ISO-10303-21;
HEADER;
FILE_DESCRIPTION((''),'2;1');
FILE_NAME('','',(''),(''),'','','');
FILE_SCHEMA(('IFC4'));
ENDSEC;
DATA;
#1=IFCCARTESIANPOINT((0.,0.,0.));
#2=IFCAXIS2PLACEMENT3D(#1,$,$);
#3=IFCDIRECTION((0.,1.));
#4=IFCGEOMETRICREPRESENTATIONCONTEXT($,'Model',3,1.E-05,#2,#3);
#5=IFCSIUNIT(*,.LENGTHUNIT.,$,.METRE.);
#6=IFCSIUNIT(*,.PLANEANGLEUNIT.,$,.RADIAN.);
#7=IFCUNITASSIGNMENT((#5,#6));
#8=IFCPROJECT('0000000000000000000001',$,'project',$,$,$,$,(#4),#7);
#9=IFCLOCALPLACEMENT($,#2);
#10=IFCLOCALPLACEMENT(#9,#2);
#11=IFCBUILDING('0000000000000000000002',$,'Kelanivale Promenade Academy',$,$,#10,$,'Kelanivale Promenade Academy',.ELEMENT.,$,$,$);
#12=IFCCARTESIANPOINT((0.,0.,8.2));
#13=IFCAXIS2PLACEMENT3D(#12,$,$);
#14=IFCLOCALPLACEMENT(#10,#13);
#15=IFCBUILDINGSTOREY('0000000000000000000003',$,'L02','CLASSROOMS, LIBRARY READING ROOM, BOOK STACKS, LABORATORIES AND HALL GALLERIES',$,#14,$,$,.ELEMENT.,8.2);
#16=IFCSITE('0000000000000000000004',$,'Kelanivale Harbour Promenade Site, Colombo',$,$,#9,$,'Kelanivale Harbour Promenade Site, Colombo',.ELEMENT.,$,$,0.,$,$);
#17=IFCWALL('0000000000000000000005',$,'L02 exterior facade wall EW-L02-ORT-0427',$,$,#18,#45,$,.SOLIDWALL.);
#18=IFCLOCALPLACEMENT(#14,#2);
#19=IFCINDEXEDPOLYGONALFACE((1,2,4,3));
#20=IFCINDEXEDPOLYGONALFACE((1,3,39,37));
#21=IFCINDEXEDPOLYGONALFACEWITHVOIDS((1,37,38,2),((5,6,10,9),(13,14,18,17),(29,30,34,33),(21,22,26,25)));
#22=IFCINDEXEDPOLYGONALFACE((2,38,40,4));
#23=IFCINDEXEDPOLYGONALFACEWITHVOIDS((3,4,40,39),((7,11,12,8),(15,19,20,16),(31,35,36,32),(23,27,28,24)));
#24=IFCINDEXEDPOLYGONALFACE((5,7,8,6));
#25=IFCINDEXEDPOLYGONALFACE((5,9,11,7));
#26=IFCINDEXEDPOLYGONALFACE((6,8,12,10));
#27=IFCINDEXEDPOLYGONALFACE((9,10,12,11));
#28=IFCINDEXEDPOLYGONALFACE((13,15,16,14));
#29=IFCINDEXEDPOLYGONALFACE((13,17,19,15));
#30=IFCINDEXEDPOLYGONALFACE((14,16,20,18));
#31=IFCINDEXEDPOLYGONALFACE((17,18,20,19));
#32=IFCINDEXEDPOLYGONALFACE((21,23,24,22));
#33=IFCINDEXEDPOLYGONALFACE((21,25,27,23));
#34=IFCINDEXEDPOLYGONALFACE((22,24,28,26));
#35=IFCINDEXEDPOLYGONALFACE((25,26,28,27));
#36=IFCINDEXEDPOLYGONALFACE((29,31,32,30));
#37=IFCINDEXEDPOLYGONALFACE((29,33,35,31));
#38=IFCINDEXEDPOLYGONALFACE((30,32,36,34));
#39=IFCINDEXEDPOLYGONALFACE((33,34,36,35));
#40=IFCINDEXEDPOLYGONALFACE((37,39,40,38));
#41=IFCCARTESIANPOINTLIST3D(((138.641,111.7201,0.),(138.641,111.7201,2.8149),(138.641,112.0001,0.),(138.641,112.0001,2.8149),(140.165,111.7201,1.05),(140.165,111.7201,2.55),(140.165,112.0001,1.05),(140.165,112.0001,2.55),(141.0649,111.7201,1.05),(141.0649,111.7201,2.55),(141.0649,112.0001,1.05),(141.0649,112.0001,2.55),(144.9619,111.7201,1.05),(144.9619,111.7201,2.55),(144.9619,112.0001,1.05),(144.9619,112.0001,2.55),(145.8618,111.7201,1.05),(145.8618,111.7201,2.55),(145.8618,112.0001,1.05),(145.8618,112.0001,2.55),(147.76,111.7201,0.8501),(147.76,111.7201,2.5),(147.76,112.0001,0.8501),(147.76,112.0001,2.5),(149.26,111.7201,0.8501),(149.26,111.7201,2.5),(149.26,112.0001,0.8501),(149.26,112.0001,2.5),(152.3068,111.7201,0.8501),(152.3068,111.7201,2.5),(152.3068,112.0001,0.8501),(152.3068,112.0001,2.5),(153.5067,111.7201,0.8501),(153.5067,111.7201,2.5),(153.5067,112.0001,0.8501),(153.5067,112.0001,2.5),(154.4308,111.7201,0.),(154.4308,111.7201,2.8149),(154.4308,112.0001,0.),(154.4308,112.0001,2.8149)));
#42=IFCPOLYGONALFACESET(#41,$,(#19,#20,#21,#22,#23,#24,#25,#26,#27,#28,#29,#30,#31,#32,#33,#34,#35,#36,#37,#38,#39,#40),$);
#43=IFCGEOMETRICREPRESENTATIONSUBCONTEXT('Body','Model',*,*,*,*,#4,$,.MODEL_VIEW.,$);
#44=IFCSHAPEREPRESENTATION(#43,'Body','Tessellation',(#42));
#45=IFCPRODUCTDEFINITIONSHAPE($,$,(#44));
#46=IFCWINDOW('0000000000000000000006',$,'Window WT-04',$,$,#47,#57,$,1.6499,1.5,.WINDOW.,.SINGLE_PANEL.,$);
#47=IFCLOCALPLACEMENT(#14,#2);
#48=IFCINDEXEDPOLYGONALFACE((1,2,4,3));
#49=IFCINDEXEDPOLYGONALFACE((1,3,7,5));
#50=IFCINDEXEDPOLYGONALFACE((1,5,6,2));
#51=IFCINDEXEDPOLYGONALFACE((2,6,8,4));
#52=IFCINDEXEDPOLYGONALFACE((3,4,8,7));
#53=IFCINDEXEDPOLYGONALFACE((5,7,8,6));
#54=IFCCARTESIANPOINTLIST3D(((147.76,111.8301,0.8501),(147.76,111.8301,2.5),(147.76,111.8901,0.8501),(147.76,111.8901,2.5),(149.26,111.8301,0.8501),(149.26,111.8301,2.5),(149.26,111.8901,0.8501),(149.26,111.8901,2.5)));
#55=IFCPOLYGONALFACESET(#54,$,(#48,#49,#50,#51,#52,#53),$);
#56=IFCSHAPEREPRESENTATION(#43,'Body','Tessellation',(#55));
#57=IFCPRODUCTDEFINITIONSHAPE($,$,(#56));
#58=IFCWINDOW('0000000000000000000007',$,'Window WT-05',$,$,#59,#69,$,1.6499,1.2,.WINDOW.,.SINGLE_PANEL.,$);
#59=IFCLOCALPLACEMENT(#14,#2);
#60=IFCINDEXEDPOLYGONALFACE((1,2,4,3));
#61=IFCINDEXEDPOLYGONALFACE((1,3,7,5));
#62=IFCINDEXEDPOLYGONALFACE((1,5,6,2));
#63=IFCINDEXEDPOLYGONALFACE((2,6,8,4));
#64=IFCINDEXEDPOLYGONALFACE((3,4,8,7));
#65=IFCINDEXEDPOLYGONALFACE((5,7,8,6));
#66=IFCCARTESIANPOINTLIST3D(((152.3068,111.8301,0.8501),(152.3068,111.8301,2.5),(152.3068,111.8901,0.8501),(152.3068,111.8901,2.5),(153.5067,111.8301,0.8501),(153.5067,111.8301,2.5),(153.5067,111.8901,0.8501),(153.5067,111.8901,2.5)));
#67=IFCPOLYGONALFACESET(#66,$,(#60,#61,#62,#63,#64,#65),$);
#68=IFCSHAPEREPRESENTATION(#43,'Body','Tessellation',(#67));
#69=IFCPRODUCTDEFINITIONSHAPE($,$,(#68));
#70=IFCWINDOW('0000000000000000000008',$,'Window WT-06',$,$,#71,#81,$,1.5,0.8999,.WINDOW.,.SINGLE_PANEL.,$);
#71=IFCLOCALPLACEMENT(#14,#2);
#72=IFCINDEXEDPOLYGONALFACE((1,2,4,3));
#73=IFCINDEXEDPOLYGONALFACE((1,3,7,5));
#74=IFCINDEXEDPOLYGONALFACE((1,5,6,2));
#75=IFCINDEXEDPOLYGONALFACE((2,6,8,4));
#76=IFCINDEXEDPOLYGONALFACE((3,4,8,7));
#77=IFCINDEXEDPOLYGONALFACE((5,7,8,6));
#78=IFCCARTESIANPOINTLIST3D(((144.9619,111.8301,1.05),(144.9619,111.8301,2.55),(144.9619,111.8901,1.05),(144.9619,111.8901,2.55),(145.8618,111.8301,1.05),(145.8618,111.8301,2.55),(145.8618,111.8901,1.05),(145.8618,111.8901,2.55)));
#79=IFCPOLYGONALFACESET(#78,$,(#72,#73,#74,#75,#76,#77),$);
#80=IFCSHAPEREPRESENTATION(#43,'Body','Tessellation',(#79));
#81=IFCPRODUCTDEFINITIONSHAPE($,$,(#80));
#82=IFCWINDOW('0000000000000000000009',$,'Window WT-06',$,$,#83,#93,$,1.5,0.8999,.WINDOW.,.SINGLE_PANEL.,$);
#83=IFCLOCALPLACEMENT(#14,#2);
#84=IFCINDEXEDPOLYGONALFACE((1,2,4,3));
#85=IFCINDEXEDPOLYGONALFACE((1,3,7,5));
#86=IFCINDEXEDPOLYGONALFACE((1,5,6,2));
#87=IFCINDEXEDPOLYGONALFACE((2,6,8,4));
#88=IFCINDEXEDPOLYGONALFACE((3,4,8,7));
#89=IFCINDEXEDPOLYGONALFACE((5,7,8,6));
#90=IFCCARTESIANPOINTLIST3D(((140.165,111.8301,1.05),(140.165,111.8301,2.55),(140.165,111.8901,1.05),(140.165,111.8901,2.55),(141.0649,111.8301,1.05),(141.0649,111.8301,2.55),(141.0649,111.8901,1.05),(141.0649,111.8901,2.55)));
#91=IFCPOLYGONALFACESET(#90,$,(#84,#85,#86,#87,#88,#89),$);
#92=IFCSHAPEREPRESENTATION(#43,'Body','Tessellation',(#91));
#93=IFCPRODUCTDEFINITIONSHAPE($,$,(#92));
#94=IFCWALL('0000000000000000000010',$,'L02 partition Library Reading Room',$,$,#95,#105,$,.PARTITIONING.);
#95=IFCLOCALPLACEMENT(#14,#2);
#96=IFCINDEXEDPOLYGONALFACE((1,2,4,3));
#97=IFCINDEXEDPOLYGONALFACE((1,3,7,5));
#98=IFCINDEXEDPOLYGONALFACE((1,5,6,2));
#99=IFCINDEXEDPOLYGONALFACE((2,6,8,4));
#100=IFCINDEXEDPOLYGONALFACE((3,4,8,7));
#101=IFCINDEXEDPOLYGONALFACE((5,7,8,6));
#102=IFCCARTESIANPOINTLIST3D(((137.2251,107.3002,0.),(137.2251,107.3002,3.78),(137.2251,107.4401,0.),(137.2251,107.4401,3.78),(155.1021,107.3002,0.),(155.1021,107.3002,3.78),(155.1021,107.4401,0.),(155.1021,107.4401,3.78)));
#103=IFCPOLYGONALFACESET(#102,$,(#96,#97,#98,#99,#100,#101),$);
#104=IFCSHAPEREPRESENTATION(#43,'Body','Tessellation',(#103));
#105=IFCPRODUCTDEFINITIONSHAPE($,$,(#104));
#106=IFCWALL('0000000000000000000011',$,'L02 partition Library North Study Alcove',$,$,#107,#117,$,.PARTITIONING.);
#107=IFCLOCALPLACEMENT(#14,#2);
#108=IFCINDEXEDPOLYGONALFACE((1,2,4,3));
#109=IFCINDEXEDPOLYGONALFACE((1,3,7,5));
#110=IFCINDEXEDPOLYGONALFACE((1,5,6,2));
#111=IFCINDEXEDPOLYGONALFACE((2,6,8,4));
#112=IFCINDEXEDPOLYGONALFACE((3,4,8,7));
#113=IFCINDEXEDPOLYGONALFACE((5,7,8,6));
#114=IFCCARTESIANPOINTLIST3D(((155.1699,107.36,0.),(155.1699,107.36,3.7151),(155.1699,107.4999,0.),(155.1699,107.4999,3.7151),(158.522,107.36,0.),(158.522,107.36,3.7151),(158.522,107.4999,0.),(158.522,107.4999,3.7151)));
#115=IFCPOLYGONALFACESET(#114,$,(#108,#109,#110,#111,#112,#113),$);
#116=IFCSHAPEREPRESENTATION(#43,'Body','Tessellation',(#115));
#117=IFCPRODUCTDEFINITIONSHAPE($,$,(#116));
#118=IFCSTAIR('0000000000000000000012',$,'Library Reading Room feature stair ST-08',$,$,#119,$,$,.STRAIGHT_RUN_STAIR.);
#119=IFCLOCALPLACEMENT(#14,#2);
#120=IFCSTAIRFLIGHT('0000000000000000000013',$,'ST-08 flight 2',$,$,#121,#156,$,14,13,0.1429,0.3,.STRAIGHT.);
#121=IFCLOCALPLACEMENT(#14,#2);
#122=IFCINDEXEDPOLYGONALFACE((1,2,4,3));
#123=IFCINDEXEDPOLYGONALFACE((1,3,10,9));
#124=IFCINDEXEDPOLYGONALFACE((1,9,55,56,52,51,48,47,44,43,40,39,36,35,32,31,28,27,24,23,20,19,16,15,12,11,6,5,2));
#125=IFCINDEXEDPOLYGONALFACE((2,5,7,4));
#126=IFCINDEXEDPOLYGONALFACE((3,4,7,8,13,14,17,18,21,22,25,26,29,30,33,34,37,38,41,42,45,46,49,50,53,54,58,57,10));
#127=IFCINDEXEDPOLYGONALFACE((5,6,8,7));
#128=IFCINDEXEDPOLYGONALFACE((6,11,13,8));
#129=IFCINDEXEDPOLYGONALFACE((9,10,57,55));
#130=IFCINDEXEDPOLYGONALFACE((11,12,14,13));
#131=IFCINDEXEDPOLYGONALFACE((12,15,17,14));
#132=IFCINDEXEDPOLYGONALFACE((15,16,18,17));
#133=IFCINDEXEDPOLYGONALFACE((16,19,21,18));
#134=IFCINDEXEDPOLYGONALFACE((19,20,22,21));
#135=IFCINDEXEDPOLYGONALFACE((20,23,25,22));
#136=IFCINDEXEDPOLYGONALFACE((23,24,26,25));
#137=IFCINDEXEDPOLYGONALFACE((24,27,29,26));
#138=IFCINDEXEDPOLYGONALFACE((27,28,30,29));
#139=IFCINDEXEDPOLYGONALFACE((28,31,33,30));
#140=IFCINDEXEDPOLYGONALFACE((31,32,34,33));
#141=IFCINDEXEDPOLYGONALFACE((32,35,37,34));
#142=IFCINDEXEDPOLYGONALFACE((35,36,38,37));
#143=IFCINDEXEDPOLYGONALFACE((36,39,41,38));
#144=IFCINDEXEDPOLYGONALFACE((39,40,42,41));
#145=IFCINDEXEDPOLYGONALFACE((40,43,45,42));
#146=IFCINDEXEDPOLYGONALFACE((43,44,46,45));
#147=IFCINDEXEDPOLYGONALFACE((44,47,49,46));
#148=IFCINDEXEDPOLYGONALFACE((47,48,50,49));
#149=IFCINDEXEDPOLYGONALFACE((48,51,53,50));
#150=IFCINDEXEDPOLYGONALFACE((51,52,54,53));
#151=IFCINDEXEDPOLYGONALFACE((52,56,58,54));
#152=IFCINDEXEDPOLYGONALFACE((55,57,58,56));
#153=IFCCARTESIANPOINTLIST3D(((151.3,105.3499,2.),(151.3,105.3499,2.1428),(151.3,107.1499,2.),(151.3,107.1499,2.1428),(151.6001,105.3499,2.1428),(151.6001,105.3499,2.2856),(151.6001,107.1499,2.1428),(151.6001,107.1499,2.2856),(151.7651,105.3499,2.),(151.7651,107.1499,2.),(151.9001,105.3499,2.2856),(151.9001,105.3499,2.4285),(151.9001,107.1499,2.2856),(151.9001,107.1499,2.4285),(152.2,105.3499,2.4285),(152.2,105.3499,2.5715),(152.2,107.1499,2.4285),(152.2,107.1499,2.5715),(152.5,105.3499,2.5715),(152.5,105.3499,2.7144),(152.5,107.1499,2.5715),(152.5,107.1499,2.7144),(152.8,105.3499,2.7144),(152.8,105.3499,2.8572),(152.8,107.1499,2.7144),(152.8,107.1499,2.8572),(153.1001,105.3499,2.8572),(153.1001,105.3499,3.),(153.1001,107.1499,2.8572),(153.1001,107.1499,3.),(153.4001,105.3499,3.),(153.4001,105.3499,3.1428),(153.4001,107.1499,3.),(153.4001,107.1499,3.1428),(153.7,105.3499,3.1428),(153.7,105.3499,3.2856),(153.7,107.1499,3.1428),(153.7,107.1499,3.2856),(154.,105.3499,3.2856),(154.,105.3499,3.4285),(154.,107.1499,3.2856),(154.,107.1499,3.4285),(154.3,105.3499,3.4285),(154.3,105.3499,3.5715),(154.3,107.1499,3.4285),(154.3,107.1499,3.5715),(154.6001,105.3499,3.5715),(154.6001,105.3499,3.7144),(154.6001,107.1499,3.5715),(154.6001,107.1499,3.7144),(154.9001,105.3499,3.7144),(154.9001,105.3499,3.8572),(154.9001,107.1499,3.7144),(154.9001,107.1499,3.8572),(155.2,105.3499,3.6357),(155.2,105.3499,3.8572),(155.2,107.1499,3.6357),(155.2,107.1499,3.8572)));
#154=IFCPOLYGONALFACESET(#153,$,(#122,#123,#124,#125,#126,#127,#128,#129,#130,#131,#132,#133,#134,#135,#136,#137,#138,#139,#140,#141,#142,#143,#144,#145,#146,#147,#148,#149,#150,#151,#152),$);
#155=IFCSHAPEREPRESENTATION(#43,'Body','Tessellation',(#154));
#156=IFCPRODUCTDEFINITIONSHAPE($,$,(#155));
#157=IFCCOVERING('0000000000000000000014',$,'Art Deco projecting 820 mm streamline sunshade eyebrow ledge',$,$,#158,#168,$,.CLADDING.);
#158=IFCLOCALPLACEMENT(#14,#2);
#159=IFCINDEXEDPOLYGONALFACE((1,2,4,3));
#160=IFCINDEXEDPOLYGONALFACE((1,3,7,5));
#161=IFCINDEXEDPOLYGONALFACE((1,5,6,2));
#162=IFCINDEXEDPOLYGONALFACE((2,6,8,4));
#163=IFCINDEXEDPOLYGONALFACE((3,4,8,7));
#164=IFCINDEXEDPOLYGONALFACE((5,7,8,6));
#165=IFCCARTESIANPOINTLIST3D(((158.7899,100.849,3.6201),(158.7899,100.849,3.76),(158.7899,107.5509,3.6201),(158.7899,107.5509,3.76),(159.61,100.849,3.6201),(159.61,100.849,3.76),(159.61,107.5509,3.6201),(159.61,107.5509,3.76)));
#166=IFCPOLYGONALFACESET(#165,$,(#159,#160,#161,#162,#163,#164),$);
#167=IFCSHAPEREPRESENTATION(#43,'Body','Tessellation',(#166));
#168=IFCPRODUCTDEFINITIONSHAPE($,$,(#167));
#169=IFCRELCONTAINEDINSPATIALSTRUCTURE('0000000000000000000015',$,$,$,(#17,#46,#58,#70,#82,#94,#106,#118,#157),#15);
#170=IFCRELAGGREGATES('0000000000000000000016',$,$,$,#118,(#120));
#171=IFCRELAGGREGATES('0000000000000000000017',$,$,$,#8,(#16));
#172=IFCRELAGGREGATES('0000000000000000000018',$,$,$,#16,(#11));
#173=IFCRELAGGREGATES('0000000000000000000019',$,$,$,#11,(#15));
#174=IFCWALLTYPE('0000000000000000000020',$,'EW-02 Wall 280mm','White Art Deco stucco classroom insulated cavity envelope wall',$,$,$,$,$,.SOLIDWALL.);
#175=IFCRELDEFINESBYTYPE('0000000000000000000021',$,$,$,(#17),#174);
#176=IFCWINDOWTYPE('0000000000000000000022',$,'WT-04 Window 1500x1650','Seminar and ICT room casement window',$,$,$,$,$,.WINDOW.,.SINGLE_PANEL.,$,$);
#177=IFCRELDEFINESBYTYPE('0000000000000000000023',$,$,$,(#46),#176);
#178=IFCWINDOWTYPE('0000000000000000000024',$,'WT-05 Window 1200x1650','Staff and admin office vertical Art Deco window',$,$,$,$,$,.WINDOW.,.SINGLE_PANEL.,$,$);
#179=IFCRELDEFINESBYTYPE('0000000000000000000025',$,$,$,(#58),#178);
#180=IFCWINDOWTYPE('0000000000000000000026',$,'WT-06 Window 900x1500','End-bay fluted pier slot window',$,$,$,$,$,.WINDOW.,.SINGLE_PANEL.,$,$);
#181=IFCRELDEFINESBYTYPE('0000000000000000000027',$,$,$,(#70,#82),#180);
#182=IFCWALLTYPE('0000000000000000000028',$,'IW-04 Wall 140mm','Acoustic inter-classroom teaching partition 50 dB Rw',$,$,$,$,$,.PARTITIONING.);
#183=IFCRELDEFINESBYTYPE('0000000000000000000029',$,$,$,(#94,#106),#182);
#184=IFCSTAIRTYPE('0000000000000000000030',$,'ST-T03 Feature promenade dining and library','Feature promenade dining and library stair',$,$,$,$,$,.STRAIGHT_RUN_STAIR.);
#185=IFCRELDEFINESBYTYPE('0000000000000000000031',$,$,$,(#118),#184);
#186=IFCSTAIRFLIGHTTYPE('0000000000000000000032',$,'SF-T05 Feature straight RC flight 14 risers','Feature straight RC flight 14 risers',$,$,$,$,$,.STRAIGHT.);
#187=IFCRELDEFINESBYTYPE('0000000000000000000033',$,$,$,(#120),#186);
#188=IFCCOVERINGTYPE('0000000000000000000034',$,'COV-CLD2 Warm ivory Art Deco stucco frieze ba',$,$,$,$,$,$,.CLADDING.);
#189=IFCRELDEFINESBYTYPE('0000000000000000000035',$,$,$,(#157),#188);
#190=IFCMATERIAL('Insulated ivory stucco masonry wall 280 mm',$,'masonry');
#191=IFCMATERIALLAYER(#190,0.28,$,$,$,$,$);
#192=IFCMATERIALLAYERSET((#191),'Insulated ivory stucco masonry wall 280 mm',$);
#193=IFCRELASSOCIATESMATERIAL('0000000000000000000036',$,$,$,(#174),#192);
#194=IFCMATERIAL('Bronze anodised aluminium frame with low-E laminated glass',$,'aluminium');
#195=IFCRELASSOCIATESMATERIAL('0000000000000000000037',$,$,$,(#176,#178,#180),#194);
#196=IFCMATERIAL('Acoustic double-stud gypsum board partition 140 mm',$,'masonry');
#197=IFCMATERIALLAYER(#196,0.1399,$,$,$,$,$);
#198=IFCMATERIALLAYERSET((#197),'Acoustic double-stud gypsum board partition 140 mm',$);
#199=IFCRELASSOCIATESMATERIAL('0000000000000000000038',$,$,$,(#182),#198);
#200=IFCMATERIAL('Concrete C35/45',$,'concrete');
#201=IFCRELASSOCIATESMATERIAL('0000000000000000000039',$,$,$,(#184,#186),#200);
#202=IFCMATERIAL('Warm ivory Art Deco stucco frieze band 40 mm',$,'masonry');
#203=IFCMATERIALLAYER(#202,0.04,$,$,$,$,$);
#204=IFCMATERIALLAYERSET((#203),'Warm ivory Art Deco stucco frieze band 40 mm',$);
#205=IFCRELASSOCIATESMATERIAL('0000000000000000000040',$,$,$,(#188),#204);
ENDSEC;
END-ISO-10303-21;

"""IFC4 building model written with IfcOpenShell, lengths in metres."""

from ifc_helpers import new_model, si_unit, direction, frame, frame_2d, origin, origin_2d, place, context, subcontext, project, spatial, polyline, rectangle, outline, extrude, material, layer, layer_set, type_object, element, fill, aggregate, save


model = new_model("IFC4")

# Units and contexts
model_context = context("Model", 3, precision=1e-05, world=origin(), true_north=direction((0.0, 1.0)))
body_context = subcontext(model_context, "Body", "Model", "MODEL_VIEW")
ifc_project = project(units=[si_unit("LENGTHUNIT", "METRE"), si_unit("PLANEANGLEUNIT", "RADIAN")], contexts=[model_context])

# Site, building, storey
site_placement = place(None, origin())
site = spatial("IfcSite", under=ifc_project, at=site_placement, Name="Kelanivale Harbour Promenade Site, Colombo", LongName="Kelanivale Harbour Promenade Site, Colombo", CompositionType="ELEMENT", RefElevation=0.0)
building_placement = place(site_placement, origin())
building = spatial("IfcBuilding", under=site, at=building_placement, Name="Kelanivale Promenade Academy", LongName="Kelanivale Promenade Academy", CompositionType="ELEMENT")
storey_placement = place(building_placement, frame((0.0, 0.0, 8.2)))
storey = spatial("IfcBuildingStorey", under=building, at=storey_placement, Name="L02", Description="CLASSROOMS, LIBRARY READING ROOM, BOOK STACKS, LABORATORIES AND HALL GALLERIES", CompositionType="ELEMENT", Elevation=8.2)

# Shared definitions
ifc_material_1 = material(Name="Concrete C35/45", Category="concrete")

# Shared definitions
ifc_material_2 = material(Name="Insulated ivory stucco masonry wall 280 mm", Category="masonry")
ifc_layer_1 = layer(ifc_material_2, 0.28)
ifc_layer_set_1 = layer_set([ifc_layer_1], Name="Insulated ivory stucco masonry wall 280 mm")
wall_type_1 = type_object("IfcWallType", Name="EW-02 Wall 280mm", Description="White Art Deco stucco classroom insulated cavity envelope wall", PredefinedType="SOLIDWALL", material=ifc_layer_set_1)
ifc_material_3 = material(Name="Bronze anodised aluminium frame with low-E laminated glass", Category="aluminium")

# Wall, openings, windows
wall_1_placement = place(storey_placement, frame((154.4309, 111.8601, 0.0), z_axis=(0.0, 0.0, 1.0), x_axis=(-1.0, 0.0, 0.0)))
wall_1 = element("IfcWall", 1, at=wall_1_placement, inside=storey, type_object=wall_type_1, Name="L02 exterior facade wall EW-L02-ORT-0427", PredefinedType="SOLIDWALL", context=body_context, shape_type="SweptSolid", body=[
    extrude(rectangle(XDim=15.7898, YDim=0.28, at=frame_2d((7.895, 0.0))), origin(), (0.0, 0.0, 1.0), 2.8149),
])
opening_1_placement = place(wall_1_placement, frame((0.9241, 0.0, 0.8501)))
opening_1 = element("IfcOpeningElement", 2, at=opening_1_placement, cuts=wall_1, PredefinedType="OPENING", context=body_context, shape_type="SweptSolid", body=[
    extrude(rectangle(XDim=1.2, YDim=1.6499, at=frame_2d((0.6001, 0.825))), frame((0.0, 0.1499, 0.0), z_axis=(0.0, -1.0, 0.0), x_axis=(1.0, 0.0, 0.0)), (0.0, 0.0, 1.0), 0.3),
])
opening_2_placement = place(wall_1_placement, frame((5.1709, 0.0, 0.8501)))
opening_2 = element("IfcOpeningElement", 3, at=opening_2_placement, cuts=wall_1, PredefinedType="OPENING", context=body_context, shape_type="SweptSolid", body=[
    extrude(rectangle(XDim=1.5, YDim=1.6499, at=frame_2d((0.75, 0.825))), frame((0.0, 0.1499, 0.0), z_axis=(0.0, -1.0, 0.0), x_axis=(1.0, 0.0, 0.0)), (0.0, 0.0, 1.0), 0.3),
])
opening_3_placement = place(wall_1_placement, frame((8.5691, 0.0, 1.05)))
opening_3 = element("IfcOpeningElement", 4, at=opening_3_placement, cuts=wall_1, PredefinedType="OPENING", context=body_context, shape_type="SweptSolid", body=[
    extrude(rectangle(XDim=0.8999, YDim=1.5, at=frame_2d((0.45, 0.75))), frame((0.0, 0.1499, 0.0), z_axis=(0.0, -1.0, 0.0), x_axis=(1.0, 0.0, 0.0)), (0.0, 0.0, 1.0), 0.3),
])
opening_4_placement = place(wall_1_placement, frame((13.366, 0.0, 1.05)))
opening_4 = element("IfcOpeningElement", 5, at=opening_4_placement, cuts=wall_1, PredefinedType="OPENING", context=body_context, shape_type="SweptSolid", body=[
    extrude(rectangle(XDim=0.8999, YDim=1.5, at=frame_2d((0.45, 0.75))), frame((0.0, 0.1499, 0.0), z_axis=(0.0, -1.0, 0.0), x_axis=(1.0, 0.0, 0.0)), (0.0, 0.0, 1.0), 0.3),
])
window_type_1 = type_object("IfcWindowType", Name="WT-04 Window 1500x1650", Description="Seminar and ICT room casement window", PartitioningType="SINGLE_PANEL", PredefinedType="WINDOW", material=ifc_material_3)
window_1_placement = place(opening_2_placement, origin())
window_1 = element("IfcWindow", 6, at=window_1_placement, inside=storey, type_object=window_type_1, Name="Window WT-04", OverallHeight=1.6499, OverallWidth=1.5, PartitioningType="SINGLE_PANEL", PredefinedType="WINDOW", context=body_context, shape_type="SweptSolid", body=[
    extrude(rectangle(XDim=1.5, YDim=1.6499, at=frame_2d((0.75, 0.825))), frame((0.0, 0.03, 0.0), z_axis=(0.0, -1.0, 0.0), x_axis=(1.0, 0.0, 0.0)), (0.0, 0.0, 1.0), 0.0601),
])
fill(opening_2, window_1)
window_type_2 = type_object("IfcWindowType", Name="WT-05 Window 1200x1650", Description="Staff and admin office vertical Art Deco window", PartitioningType="SINGLE_PANEL", PredefinedType="WINDOW", material=ifc_material_3)
window_2_placement = place(opening_1_placement, origin())
window_2 = element("IfcWindow", 7, at=window_2_placement, inside=storey, type_object=window_type_2, Name="Window WT-05", OverallHeight=1.6499, OverallWidth=1.2, PartitioningType="SINGLE_PANEL", PredefinedType="WINDOW", context=body_context, shape_type="SweptSolid", body=[
    extrude(rectangle(XDim=1.2, YDim=1.6499, at=frame_2d((0.6001, 0.825))), frame((0.0, 0.03, 0.0), z_axis=(0.0, -1.0, 0.0), x_axis=(1.0, 0.0, 0.0)), (0.0, 0.0, 1.0), 0.0601),
])
fill(opening_1, window_2)
window_type_3 = type_object("IfcWindowType", Name="WT-06 Window 900x1500", Description="End-bay fluted pier slot window", PartitioningType="SINGLE_PANEL", PredefinedType="WINDOW", material=ifc_material_3)
window_3_placement = place(opening_3_placement, origin())
window_3 = element("IfcWindow", 8, at=window_3_placement, inside=storey, type_object=window_type_3, Name="Window WT-06", OverallHeight=1.5, OverallWidth=0.8999, PartitioningType="SINGLE_PANEL", PredefinedType="WINDOW", context=body_context, shape_type="SweptSolid", body=[
    extrude(rectangle(XDim=0.8999, YDim=1.5, at=frame_2d((0.45, 0.75))), frame((0.0, 0.03, 0.0), z_axis=(0.0, -1.0, 0.0), x_axis=(1.0, 0.0, 0.0)), (0.0, 0.0, 1.0), 0.0601),
])
fill(opening_3, window_3)
window_4_placement = place(opening_4_placement, origin())
window_4 = element("IfcWindow", 9, at=window_4_placement, inside=storey, type_object=window_type_3, Name="Window WT-06", OverallHeight=1.5, OverallWidth=0.8999, PartitioningType="SINGLE_PANEL", PredefinedType="WINDOW", context=body_context, shape_type="SweptSolid", body=[
    extrude(rectangle(XDim=0.8999, YDim=1.5, at=frame_2d((0.45, 0.75))), frame((0.0, 0.03, 0.0), z_axis=(0.0, -1.0, 0.0), x_axis=(1.0, 0.0, 0.0)), (0.0, 0.0, 1.0), 0.0601),
])
fill(opening_4, window_4)

# Walls
ifc_material_4 = material(Name="Acoustic double-stud gypsum board partition 140 mm", Category="masonry")
ifc_layer_2 = layer(ifc_material_4, 0.1399)
ifc_layer_set_2 = layer_set([ifc_layer_2], Name="Acoustic double-stud gypsum board partition 140 mm")
wall_type_2 = type_object("IfcWallType", Name="IW-04 Wall 140mm", Description="Acoustic inter-classroom teaching partition 50 dB Rw", PredefinedType="PARTITIONING", material=ifc_layer_set_2)
wall_2_placement = place(storey_placement, frame((155.1021, 107.3701, 0.0), z_axis=(0.0, 0.0, 1.0), x_axis=(-1.0, 0.0, 0.0)))
element("IfcWall", 10, at=wall_2_placement, inside=storey, type_object=wall_type_2, Name="L02 partition Library Reading Room", PredefinedType="PARTITIONING", context=body_context, shape_type="SweptSolid", body=[
    extrude(rectangle(XDim=17.877, YDim=0.1399, at=frame_2d((8.9385, 0.0))), origin(), (0.0, 0.0, 1.0), 3.78),
])
wall_3_placement = place(storey_placement, frame((155.1699, 107.4299, 0.0), z_axis=(0.0, 0.0, 1.0), x_axis=(1.0, 0.0, 0.0)))
element("IfcWall", 11, at=wall_3_placement, inside=storey, type_object=wall_type_2, Name="L02 partition Library North Study Alcove", PredefinedType="PARTITIONING", context=body_context, shape_type="SweptSolid", body=[
    extrude(rectangle(XDim=3.3521, YDim=0.1399, at=frame_2d((1.676, 0.0))), origin(), (0.0, 0.0, 1.0), 3.7151),
])

# Stair, stair flight
stair_type = type_object("IfcStairType", Name="ST-T03 Feature promenade dining and library", Description="Feature promenade dining and library stair", PredefinedType="STRAIGHT_RUN_STAIR", material=ifc_material_1)
stair_placement = place(storey_placement, origin())
stair = element("IfcStair", 12, at=stair_placement, inside=storey, type_object=stair_type, Name="Library Reading Room feature stair ST-08", PredefinedType="STRAIGHT_RUN_STAIR")
stair_flight_type = type_object("IfcStairFlightType", Name="SF-T05 Feature straight RC flight 14 risers", Description="Feature straight RC flight 14 risers", PredefinedType="STRAIGHT", material=ifc_material_1)
stair_flight_placement = place(storey_placement, frame((151.3, 106.25, 2.0), z_axis=(0.0, 0.0, 1.0), x_axis=(1.0, 0.0, 0.0)))
stair_flight = element("IfcStairFlight", 13, at=stair_flight_placement, type_object=stair_flight_type, Name="ST-08 flight 2", NumberOfRisers=14, NumberOfTreads=13, PredefinedType="STRAIGHT", RiserHeight=0.1429, TreadLength=0.3, context=body_context, shape_type="SweptSolid", body=[
    extrude(outline(polyline([(0.0, 0.0), (0.0, 0.1428), (0.3, 0.1428), (0.3, 0.2856), (0.6001, 0.2856), (0.6001, 0.4285), (0.8999, 0.4285), (0.8999, 0.5715), (1.2, 0.5715), (1.2, 0.7144), (1.5, 0.7144), (1.5, 0.8572), (1.8, 0.8572), (1.8, 1.0), (2.1001, 1.0), (2.1001, 1.1428), (2.3999, 1.1428), (2.3999, 1.2856), (2.7, 1.2856), (2.7, 1.4285), (3.0, 1.4285), (3.0, 1.5715), (3.3, 1.5715), (3.3, 1.7144), (3.6001, 1.7144), (3.6001, 1.8572), (3.8999, 1.8572), (3.8999, 2.0), (3.8999, 1.6357), (0.4651, 0.0), (0.0, 0.0)])), frame((0.0, 0.8999, 0.0), z_axis=(0.0, -1.0, 0.0), x_axis=(1.0, 0.0, 0.0)), (0.0, 0.0, 1.0), 1.8),
])
aggregate(stair, [stair_flight])

# Covering
ifc_material_5 = material(Name="Warm ivory Art Deco stucco frieze band 40 mm", Category="masonry")
ifc_layer_3 = layer(ifc_material_5, 0.04)
ifc_layer_set_3 = layer_set([ifc_layer_3], Name="Warm ivory Art Deco stucco frieze band 40 mm")
covering_type = type_object("IfcCoveringType", Name="COV-CLD2 Warm ivory Art Deco stucco frieze ba", PredefinedType="CLADDING", material=ifc_layer_set_3)
covering_1_placement = place(storey_placement, frame((159.2, 104.2, 3.6201), z_axis=(0.0, 0.0, 1.0), x_axis=(0.0, 1.0, 0.0)))
element("IfcCovering", 14, at=covering_1_placement, inside=storey, type_object=covering_type, Name="Art Deco projecting 820 mm streamline sunshade eyebrow ledge", PredefinedType="CLADDING", context=body_context, shape_type="SweptSolid", body=[
    extrude(rectangle(XDim=6.7019, YDim=0.8201, at=origin_2d()), origin(), (0.0, 0.0, 1.0), 0.1399),
])

save(model, "model.ifc")
